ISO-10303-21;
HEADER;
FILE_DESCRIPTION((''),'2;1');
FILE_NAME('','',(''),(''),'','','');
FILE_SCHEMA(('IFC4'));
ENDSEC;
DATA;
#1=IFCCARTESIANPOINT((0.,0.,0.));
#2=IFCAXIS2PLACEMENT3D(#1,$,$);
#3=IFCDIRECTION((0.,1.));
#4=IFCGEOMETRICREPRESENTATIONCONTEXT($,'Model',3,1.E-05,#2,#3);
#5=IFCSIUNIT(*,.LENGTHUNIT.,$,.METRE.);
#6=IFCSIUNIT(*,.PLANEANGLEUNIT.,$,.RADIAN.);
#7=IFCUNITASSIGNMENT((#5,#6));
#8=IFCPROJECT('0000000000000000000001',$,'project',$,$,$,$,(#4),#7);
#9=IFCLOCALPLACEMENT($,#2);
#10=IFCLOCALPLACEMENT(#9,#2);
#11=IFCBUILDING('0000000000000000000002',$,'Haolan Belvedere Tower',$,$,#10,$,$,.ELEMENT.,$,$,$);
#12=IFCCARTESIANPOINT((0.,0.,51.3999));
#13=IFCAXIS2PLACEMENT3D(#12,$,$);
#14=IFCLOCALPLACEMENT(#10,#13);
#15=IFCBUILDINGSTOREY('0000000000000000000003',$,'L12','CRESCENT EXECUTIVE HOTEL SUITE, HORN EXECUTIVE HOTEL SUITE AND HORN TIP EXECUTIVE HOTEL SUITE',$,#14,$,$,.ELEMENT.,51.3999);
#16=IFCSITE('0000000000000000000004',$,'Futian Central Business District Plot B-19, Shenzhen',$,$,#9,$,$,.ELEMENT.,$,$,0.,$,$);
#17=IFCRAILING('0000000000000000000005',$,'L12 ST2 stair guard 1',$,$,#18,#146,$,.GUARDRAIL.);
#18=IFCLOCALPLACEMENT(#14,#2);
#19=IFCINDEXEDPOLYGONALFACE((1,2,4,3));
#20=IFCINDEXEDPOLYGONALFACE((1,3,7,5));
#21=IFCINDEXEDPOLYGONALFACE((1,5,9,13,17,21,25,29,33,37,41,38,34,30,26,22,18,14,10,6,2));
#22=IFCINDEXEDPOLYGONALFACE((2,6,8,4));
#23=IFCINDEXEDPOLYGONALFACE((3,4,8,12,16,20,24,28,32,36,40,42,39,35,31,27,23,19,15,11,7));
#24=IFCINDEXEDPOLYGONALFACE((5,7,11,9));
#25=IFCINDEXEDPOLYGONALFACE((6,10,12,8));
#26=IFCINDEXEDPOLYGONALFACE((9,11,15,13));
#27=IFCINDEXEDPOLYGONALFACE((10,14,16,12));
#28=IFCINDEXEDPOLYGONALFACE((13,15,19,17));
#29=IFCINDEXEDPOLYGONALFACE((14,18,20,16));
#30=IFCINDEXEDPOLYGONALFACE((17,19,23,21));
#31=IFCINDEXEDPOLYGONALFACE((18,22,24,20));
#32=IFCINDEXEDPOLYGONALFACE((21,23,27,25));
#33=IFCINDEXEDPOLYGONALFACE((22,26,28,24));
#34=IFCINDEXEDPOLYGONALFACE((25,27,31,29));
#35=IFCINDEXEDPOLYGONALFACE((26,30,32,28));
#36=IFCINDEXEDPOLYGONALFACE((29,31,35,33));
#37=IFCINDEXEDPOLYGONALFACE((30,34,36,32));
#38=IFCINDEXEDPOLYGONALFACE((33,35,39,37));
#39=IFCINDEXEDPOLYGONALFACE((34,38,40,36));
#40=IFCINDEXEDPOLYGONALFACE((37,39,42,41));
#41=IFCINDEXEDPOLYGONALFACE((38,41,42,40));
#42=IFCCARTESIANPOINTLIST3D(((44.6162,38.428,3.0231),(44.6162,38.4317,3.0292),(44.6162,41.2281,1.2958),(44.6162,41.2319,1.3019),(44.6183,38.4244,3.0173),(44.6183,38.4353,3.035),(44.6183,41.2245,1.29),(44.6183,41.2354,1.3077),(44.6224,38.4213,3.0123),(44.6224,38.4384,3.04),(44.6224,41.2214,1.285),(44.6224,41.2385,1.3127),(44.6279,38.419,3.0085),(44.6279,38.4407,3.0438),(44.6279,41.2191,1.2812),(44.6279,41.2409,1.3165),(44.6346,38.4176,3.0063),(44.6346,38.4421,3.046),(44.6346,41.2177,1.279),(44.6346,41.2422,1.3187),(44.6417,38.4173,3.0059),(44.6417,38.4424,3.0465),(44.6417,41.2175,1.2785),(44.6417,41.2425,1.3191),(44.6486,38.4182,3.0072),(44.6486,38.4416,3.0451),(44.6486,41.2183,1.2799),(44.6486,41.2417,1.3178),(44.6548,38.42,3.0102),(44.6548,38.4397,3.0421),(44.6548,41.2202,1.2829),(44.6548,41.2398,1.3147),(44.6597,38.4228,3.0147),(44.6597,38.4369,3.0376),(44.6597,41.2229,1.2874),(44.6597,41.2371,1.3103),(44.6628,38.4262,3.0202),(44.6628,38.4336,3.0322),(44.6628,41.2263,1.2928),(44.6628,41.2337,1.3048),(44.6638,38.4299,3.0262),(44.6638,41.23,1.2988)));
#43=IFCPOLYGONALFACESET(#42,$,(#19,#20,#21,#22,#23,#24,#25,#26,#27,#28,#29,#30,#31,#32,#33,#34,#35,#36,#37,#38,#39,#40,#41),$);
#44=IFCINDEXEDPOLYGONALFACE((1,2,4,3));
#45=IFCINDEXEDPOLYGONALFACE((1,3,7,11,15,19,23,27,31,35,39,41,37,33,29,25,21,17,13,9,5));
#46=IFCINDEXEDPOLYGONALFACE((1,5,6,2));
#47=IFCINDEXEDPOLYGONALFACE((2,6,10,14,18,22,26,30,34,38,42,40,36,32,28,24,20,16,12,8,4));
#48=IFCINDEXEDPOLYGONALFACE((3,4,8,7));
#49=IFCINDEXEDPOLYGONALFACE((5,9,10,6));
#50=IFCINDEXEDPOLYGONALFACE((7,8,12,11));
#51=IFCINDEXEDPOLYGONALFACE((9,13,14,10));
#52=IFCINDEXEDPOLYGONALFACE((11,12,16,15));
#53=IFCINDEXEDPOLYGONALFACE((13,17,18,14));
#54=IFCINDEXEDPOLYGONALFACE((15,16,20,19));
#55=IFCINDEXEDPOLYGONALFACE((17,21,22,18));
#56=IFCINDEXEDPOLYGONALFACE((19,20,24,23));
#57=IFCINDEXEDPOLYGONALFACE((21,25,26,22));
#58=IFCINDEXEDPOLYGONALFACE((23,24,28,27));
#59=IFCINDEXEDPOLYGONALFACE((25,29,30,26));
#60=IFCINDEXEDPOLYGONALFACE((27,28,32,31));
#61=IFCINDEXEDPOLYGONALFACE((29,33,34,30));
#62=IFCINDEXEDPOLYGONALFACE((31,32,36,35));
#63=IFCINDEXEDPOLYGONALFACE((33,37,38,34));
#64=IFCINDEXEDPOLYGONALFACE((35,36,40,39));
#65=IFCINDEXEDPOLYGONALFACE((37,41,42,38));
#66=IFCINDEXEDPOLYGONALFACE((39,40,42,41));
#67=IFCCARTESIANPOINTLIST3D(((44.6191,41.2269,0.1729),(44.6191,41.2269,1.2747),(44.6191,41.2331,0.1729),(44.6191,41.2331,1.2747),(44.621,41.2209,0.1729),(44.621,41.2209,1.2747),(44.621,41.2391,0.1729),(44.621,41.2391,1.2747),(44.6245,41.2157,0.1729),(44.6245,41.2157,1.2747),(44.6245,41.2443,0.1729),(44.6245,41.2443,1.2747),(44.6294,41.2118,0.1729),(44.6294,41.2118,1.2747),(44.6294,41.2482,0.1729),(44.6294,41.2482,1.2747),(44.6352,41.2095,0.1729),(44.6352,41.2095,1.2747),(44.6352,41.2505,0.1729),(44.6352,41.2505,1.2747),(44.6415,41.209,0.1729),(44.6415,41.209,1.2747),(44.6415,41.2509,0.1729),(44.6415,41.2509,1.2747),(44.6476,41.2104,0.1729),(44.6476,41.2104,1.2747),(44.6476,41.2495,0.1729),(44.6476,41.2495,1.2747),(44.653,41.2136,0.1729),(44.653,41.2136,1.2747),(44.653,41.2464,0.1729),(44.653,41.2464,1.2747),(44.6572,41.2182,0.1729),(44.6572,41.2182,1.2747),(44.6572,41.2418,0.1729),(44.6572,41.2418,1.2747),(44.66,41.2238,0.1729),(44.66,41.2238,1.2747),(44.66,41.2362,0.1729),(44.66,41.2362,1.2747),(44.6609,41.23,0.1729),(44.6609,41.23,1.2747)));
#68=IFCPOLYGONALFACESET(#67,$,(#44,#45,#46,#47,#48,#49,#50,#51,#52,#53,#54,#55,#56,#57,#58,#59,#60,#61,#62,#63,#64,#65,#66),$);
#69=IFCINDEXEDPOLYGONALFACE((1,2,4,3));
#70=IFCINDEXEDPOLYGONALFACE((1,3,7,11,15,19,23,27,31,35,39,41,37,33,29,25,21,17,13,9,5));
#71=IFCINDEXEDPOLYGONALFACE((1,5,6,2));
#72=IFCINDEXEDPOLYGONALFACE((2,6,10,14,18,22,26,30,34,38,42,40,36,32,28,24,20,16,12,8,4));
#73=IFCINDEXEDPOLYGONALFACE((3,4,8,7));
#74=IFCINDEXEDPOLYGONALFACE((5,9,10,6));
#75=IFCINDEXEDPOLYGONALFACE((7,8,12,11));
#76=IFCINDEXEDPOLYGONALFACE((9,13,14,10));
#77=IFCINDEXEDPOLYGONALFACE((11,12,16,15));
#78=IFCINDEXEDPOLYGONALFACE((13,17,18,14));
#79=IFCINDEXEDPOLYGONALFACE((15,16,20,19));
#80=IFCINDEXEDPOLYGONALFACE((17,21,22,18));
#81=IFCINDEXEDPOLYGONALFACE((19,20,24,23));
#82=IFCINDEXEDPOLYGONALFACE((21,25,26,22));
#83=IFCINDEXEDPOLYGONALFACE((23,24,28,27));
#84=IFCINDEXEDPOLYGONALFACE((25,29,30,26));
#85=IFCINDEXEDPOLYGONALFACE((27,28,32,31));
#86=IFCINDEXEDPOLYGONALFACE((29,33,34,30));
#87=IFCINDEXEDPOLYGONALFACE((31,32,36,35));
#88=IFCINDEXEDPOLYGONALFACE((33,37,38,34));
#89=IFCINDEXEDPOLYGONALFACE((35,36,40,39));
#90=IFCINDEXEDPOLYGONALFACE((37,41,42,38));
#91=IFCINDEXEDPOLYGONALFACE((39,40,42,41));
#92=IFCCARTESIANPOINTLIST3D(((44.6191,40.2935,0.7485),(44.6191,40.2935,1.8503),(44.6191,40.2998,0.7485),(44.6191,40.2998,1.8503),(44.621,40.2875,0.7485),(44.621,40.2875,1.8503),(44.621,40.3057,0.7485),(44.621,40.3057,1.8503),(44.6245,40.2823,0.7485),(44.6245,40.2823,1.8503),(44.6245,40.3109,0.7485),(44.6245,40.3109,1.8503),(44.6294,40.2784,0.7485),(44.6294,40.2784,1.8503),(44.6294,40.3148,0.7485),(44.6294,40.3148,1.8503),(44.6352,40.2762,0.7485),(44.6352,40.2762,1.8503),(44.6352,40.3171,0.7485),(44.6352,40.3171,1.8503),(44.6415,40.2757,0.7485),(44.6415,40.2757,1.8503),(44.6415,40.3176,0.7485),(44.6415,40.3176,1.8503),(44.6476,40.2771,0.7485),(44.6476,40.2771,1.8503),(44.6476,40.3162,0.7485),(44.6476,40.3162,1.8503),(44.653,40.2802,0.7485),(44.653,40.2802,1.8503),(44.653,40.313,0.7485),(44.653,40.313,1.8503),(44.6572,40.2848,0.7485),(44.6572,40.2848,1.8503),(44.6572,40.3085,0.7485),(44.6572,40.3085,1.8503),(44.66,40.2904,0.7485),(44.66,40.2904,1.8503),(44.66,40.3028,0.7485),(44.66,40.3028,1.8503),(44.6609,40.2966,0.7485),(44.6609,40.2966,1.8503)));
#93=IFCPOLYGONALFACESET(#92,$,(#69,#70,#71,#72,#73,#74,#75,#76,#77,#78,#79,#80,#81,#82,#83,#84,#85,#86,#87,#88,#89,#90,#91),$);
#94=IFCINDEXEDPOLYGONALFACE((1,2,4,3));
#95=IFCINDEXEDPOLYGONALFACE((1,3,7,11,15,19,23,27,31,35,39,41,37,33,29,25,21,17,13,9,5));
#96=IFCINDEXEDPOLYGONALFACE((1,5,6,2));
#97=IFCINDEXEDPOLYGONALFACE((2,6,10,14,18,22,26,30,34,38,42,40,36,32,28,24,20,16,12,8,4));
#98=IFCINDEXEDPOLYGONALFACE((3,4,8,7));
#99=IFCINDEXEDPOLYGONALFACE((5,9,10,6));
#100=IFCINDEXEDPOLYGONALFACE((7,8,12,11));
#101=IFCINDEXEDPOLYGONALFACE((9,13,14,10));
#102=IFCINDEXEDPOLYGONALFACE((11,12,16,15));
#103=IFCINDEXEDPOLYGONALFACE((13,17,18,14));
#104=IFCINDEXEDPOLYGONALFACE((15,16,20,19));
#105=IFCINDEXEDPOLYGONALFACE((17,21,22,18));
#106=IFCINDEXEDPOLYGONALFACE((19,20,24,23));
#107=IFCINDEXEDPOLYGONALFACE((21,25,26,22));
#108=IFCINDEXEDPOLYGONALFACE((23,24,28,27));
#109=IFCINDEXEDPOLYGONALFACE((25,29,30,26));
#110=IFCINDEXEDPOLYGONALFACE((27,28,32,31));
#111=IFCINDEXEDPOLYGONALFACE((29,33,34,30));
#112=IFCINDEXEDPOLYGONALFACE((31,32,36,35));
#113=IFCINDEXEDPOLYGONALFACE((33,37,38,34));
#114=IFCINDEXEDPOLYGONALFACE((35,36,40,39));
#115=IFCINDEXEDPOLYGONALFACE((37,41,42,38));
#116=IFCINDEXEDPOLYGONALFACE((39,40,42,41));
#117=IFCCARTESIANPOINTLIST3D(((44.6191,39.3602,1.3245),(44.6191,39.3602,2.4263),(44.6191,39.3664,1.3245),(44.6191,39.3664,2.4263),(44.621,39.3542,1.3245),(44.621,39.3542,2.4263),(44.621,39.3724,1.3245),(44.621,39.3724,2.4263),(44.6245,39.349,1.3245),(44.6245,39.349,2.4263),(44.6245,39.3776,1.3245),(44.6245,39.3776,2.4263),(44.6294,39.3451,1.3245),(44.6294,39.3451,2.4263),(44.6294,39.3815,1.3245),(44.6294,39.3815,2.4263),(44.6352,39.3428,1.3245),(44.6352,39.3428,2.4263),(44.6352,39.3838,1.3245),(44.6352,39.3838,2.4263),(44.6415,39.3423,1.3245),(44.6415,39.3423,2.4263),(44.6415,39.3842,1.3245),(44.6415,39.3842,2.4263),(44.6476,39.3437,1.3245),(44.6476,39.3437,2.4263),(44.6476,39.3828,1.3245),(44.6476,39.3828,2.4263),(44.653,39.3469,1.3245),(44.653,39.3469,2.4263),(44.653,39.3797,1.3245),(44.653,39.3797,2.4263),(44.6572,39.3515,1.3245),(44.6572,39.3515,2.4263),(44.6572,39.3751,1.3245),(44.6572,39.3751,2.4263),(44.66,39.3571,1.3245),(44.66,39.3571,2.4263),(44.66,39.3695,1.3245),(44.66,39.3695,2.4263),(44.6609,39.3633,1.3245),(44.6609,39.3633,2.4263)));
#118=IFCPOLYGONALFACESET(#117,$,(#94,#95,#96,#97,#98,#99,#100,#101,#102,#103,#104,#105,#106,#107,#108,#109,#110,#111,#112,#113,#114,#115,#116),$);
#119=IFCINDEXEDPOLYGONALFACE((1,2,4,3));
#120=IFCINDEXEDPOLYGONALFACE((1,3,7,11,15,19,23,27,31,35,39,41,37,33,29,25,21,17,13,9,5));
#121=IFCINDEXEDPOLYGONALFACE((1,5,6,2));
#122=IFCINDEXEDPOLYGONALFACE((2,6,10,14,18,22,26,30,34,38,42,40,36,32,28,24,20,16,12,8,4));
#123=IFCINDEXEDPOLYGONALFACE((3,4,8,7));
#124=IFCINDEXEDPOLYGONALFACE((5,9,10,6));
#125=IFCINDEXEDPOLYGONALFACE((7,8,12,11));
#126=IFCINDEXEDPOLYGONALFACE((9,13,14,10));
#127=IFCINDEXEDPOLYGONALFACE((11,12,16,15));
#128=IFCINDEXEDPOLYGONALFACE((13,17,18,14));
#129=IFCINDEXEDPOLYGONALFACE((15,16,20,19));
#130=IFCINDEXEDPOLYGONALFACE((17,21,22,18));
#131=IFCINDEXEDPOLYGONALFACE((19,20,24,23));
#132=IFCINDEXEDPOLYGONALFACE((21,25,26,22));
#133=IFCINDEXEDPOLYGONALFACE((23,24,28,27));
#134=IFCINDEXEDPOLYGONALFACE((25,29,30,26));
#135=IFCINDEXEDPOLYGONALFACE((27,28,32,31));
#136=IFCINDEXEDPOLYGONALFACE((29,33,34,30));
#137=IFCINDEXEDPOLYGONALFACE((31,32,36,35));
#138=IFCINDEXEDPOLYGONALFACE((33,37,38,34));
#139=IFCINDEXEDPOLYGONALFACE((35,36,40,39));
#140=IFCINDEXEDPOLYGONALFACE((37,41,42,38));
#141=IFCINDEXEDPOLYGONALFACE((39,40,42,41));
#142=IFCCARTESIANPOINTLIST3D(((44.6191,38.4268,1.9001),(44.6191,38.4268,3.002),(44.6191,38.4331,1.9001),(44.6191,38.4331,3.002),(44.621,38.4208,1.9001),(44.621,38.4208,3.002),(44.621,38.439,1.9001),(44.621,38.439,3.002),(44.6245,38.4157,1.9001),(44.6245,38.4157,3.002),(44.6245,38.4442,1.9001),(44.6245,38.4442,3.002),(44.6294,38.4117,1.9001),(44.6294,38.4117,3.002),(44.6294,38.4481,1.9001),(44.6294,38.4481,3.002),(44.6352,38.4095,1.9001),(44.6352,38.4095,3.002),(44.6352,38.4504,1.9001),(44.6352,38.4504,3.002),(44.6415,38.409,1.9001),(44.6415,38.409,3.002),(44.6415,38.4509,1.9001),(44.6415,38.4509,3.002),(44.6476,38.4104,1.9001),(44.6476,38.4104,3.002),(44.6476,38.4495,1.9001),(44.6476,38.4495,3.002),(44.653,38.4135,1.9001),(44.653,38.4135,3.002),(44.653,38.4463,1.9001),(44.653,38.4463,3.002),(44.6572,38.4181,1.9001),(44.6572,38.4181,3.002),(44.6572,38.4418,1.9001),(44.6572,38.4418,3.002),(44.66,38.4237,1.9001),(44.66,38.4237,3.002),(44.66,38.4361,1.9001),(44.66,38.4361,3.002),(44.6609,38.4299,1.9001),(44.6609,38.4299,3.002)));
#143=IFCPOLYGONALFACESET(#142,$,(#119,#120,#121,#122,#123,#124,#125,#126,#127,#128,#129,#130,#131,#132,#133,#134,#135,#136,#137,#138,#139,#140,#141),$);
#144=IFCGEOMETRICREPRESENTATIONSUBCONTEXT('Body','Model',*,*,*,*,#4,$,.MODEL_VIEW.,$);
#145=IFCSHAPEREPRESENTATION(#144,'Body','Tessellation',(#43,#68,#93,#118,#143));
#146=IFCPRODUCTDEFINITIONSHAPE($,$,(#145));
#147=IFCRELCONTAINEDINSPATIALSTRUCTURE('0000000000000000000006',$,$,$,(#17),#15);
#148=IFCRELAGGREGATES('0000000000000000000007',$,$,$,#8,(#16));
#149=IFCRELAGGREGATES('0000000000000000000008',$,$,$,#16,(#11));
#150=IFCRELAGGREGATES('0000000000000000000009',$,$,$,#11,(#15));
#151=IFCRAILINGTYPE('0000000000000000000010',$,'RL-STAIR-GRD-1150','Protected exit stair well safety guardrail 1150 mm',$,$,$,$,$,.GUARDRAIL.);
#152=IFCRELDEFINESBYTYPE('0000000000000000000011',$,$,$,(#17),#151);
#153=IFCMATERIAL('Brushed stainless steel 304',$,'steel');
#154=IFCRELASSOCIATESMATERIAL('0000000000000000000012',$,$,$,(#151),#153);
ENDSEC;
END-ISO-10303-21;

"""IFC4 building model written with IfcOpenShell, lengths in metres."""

from ifc_helpers import new_model, si_unit, direction, frame, origin, origin_2d, place, context, subcontext, project, spatial, circle, extrude, material, type_object, element, save


model = new_model("IFC4")

# Units and contexts
model_context = context("Model", 3, precision=1e-05, world=origin(), true_north=direction((0.0, 1.0)))
body_context = subcontext(model_context, "Body", "Model", "MODEL_VIEW")
ifc_project = project(units=[si_unit("LENGTHUNIT", "METRE"), si_unit("PLANEANGLEUNIT", "RADIAN")], contexts=[model_context])

# Site, building, storey
site_placement = place(None, origin())
site = spatial("IfcSite", under=ifc_project, at=site_placement, Name="Futian Central Business District Plot B-19, Shenzhen", CompositionType="ELEMENT", RefElevation=0.0)
building_placement = place(site_placement, origin())
building = spatial("IfcBuilding", under=site, at=building_placement, Name="Haolan Belvedere Tower", CompositionType="ELEMENT")
storey_placement = place(building_placement, frame((0.0, 0.0, 51.3999)))
storey = spatial("IfcBuildingStorey", under=building, at=storey_placement, Name="L12", Description="CRESCENT EXECUTIVE HOTEL SUITE, HORN EXECUTIVE HOTEL SUITE AND HORN TIP EXECUTIVE HOTEL SUITE", CompositionType="ELEMENT", Elevation=51.3999)

# Railing
ifc_material_1 = material(Name="Brushed stainless steel 304", Category="steel")
railing_type_1 = type_object("IfcRailingType", Name="RL-STAIR-GRD-1150", Description="Protected exit stair well safety guardrail 1150 mm", PredefinedType="GUARDRAIL", material=ifc_material_1)
railing_1_placement = place(storey_placement, frame((44.6399, 41.23, 0.1729)))
element("IfcRailing", 1, at=railing_1_placement, inside=storey, type_object=railing_type_1, Name="L12 ST2 stair guard 1", PredefinedType="GUARDRAIL", context=body_context, shape_type="SweptSolid", body=[
    extrude(circle(Radius=0.0239, at=origin_2d()), frame((0.0, 0.0, 1.126), z_axis=(0.0, -0.85109, 0.52502), x_axis=(1.0, 0.0, 0.0)), (0.0, 0.0, 1.0), 3.29),
    extrude(circle(Radius=0.021, at=origin_2d()), origin(), (0.0, 0.0, 1.0), 1.1018),
    extrude(circle(Radius=0.021, at=origin_2d()), frame((0.0, -0.9333, 0.5757)), (0.0, 0.0, 1.0), 1.1018),
    extrude(circle(Radius=0.021, at=origin_2d()), frame((0.0, -1.8667, 1.1516)), (0.0, 0.0, 1.0), 1.1018),
    extrude(circle(Radius=0.021, at=origin_2d()), frame((0.0, -2.8, 1.7273)), (0.0, 0.0, 1.0), 1.1018),
])

save(model, "model.ifc")
